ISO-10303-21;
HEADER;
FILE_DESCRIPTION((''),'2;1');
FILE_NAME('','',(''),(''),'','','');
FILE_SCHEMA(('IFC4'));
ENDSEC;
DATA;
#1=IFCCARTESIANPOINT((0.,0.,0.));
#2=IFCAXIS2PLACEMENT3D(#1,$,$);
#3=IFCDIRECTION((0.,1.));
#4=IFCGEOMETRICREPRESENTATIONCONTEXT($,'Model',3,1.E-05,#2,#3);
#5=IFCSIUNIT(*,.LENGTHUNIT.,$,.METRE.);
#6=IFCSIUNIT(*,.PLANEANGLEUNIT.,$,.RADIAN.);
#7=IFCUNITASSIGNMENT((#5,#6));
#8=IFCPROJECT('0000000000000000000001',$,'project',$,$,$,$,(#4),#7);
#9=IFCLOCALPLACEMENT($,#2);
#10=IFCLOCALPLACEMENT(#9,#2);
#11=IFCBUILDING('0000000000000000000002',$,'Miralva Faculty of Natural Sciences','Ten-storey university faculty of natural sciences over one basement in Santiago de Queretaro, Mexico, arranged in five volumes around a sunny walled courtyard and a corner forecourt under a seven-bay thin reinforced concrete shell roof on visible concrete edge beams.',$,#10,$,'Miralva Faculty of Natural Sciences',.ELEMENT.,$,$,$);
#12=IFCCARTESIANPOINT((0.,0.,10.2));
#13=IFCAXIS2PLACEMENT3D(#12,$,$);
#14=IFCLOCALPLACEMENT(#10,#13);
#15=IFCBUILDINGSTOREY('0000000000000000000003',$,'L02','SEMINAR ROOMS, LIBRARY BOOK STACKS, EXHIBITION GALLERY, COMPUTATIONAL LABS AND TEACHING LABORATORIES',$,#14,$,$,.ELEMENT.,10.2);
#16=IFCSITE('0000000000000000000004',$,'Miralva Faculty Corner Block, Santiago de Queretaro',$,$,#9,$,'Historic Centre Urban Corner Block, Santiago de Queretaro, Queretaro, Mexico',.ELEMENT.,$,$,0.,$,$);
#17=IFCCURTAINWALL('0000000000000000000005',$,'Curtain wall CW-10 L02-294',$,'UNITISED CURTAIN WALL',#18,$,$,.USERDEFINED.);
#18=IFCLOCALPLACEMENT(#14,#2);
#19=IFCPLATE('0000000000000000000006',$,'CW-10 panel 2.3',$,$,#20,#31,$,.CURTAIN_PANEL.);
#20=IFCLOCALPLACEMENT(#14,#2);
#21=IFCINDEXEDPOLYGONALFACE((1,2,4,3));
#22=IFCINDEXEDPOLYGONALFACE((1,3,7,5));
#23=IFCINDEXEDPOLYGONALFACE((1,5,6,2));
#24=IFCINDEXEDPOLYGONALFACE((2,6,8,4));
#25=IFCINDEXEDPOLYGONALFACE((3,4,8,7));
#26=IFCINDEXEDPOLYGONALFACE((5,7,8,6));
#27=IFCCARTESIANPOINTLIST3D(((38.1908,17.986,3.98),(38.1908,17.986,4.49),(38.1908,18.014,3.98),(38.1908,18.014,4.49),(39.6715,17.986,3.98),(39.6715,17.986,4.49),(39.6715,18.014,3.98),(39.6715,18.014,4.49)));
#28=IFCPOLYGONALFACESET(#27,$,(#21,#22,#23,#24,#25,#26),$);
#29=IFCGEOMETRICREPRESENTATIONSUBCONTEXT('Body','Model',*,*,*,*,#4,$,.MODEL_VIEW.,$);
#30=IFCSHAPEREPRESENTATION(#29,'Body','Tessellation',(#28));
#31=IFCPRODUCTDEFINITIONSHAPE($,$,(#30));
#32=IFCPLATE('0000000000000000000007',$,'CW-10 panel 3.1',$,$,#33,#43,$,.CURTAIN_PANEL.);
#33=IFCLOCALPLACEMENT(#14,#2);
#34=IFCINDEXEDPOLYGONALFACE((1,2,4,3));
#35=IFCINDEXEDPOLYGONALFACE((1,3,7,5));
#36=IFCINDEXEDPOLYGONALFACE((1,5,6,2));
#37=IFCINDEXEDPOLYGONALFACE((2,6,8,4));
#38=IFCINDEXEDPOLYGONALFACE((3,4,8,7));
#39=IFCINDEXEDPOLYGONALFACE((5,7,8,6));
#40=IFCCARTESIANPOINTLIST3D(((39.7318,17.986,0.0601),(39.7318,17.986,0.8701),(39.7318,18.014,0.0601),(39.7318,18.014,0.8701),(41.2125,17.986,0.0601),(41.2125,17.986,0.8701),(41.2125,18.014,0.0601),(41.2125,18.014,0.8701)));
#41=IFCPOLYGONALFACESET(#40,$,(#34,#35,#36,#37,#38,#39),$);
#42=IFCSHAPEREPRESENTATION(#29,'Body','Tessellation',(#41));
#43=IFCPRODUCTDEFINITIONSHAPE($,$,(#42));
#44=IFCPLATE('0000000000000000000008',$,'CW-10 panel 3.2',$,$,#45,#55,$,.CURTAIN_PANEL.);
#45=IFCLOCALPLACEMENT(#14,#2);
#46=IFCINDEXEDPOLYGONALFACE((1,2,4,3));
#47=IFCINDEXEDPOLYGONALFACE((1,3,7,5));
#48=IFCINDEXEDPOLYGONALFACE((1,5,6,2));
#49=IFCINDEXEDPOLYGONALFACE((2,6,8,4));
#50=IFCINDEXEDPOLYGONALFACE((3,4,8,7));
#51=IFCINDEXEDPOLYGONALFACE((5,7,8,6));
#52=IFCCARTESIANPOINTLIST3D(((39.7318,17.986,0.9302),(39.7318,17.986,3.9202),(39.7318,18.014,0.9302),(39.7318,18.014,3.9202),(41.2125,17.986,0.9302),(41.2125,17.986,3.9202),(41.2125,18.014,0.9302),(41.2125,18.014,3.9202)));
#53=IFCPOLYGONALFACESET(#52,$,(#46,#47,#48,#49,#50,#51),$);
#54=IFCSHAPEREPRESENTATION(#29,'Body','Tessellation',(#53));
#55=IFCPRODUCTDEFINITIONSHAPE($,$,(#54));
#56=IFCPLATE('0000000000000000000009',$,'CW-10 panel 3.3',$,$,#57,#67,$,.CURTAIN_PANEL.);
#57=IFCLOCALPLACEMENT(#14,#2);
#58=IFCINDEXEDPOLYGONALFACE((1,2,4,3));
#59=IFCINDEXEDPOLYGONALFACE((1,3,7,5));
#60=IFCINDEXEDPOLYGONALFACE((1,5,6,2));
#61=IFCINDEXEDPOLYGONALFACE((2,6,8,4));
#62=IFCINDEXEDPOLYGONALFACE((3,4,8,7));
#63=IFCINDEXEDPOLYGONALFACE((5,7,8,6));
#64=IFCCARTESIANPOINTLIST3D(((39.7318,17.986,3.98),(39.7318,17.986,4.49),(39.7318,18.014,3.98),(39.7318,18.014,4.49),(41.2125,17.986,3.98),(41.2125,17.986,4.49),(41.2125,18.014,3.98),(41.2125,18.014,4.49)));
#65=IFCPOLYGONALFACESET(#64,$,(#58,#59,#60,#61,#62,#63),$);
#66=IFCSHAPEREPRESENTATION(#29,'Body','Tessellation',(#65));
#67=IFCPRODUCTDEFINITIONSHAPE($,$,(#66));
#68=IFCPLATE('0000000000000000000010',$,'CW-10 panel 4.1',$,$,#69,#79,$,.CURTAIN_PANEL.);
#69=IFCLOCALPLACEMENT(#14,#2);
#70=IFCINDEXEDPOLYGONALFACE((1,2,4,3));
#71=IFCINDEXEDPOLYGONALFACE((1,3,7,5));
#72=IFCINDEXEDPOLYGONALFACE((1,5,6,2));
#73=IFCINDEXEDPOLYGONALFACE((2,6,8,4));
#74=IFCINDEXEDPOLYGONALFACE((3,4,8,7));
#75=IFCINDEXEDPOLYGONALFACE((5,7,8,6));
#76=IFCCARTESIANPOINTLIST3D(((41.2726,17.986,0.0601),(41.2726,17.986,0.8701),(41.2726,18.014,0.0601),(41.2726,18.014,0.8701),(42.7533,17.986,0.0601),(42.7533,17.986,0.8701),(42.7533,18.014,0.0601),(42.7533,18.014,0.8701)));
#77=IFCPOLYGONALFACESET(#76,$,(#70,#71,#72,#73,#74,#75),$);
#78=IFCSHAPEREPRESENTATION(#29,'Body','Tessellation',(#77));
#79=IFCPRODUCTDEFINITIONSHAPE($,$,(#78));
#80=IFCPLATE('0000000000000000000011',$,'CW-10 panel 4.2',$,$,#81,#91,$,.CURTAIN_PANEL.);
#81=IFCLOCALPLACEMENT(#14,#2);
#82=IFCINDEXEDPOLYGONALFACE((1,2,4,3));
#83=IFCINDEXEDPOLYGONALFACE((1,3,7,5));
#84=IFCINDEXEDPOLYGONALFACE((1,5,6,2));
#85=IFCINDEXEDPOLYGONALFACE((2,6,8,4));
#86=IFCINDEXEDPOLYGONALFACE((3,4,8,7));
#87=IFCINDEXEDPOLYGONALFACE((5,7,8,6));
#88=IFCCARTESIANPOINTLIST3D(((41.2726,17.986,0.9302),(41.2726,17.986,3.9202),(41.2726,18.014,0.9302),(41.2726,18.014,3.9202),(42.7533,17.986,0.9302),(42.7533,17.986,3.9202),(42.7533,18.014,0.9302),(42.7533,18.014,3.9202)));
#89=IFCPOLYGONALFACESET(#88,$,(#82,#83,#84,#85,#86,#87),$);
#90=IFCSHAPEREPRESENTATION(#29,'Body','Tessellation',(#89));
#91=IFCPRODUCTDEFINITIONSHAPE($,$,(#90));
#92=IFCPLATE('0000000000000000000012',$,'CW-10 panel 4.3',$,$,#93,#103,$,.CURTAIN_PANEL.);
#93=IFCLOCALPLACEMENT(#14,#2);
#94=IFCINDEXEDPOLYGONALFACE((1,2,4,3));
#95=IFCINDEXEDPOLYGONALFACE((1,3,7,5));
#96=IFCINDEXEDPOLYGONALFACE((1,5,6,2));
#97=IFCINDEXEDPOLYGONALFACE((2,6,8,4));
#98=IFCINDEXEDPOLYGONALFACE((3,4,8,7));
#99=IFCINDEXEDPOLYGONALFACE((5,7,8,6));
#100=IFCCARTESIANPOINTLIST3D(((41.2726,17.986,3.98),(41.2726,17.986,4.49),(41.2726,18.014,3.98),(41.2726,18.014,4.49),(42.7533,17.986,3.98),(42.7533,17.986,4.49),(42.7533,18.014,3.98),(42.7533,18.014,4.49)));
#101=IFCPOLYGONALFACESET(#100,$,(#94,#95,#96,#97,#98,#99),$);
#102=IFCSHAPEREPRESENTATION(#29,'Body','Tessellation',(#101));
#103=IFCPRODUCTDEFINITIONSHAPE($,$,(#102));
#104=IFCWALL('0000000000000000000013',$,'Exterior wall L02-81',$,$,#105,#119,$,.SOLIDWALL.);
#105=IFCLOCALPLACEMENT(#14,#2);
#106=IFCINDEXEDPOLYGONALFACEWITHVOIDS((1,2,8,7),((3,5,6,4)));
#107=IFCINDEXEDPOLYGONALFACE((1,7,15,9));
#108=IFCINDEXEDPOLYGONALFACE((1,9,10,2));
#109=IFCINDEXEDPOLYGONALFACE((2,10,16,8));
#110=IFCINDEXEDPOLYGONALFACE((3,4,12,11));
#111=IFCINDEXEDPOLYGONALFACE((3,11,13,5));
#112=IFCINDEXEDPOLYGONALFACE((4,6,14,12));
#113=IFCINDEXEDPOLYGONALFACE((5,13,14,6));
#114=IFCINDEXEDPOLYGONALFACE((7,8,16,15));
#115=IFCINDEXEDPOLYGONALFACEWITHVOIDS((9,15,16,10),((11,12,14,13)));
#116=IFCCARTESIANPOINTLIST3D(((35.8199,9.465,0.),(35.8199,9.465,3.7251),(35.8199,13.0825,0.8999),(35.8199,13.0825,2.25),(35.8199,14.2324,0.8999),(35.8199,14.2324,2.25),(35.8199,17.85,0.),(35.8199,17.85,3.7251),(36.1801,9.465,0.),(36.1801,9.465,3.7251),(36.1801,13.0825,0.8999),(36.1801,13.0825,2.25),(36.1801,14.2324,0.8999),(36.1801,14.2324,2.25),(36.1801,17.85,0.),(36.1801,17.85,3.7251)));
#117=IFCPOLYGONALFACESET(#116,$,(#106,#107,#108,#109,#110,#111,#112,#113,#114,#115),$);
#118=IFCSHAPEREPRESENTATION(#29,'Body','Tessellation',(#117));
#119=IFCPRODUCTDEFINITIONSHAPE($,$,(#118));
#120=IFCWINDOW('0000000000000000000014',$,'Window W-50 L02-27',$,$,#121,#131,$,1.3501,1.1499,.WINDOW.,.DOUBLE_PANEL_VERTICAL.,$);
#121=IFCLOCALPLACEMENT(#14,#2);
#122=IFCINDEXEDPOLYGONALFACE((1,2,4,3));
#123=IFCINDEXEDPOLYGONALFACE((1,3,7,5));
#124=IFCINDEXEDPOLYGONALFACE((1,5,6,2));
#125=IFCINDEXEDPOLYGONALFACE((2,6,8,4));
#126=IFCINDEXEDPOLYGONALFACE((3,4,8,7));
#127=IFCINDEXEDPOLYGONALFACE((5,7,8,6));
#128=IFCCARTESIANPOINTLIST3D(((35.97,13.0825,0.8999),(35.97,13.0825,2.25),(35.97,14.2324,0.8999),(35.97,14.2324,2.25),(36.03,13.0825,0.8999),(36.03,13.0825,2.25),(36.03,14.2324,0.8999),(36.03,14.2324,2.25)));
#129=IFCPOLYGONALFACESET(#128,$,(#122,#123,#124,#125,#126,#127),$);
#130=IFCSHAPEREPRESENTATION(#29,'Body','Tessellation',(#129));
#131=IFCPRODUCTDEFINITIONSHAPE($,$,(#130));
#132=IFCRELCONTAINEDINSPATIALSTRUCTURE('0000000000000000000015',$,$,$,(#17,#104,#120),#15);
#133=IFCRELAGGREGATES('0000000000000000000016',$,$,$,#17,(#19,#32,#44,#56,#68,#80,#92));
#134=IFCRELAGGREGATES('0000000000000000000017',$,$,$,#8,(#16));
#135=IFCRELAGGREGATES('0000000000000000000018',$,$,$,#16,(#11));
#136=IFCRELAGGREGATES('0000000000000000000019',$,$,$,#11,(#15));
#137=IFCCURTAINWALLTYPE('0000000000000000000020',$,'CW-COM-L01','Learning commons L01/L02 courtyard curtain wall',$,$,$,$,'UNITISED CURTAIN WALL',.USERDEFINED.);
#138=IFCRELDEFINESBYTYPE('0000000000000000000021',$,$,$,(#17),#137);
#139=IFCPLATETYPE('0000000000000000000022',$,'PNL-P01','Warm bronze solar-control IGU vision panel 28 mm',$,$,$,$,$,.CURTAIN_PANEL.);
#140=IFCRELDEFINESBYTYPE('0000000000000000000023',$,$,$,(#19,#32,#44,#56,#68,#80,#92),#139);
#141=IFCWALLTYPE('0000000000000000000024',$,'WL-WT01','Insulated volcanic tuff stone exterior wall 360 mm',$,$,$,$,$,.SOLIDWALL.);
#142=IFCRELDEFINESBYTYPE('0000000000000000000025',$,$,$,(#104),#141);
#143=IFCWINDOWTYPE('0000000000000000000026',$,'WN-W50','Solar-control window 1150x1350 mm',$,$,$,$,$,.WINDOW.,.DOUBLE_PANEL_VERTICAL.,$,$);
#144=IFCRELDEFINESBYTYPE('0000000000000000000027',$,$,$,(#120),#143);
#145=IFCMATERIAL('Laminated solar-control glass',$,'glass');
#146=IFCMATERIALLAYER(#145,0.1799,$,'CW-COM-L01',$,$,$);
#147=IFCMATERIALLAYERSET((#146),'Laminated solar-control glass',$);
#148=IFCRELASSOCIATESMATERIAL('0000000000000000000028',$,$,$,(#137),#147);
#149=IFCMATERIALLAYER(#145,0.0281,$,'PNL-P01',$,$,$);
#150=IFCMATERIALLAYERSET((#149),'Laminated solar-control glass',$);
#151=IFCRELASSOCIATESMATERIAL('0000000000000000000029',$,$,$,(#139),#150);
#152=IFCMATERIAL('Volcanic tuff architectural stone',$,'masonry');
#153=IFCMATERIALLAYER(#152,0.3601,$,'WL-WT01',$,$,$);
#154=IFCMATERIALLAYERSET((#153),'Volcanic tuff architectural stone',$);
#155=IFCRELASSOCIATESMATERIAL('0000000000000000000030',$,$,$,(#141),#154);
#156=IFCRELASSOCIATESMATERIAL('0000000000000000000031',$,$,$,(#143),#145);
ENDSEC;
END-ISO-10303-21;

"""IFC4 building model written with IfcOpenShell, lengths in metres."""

from ifc_helpers import new_model, si_unit, direction, frame, frame_2d, origin, origin_2d, place, context, subcontext, project, spatial, rectangle, extrude, material, layer, layer_set, type_object, element, fill, aggregate, save


model = new_model("IFC4")

# Units and contexts
model_context = context("Model", 3, precision=1e-05, world=origin(), true_north=direction((0.0, 1.0)))
body_context = subcontext(model_context, "Body", "Model", "MODEL_VIEW")
ifc_project = project(units=[si_unit("LENGTHUNIT", "METRE"), si_unit("PLANEANGLEUNIT", "RADIAN")], contexts=[model_context])

# Site, building, storey
site_placement = place(None, origin())
site = spatial("IfcSite", under=ifc_project, at=site_placement, Name="Miralva Faculty Corner Block, Santiago de Queretaro", LongName="Historic Centre Urban Corner Block, Santiago de Queretaro, Queretaro, Mexico", CompositionType="ELEMENT", RefElevation=0.0)
building_placement = place(site_placement, origin())
building = spatial("IfcBuilding", under=site, at=building_placement, Name="Miralva Faculty of Natural Sciences", Description="Ten-storey university faculty of natural sciences over one basement in Santiago de Queretaro, Mexico, arranged in five volumes around a sunny walled courtyard and a corner forecourt under a seven-bay thin reinforced concrete shell roof on visible concrete edge beams.", LongName="Miralva Faculty of Natural Sciences", CompositionType="ELEMENT")
storey_placement = place(building_placement, frame((0.0, 0.0, 10.2)))
storey = spatial("IfcBuildingStorey", under=building, at=storey_placement, Name="L02", Description="SEMINAR ROOMS, LIBRARY BOOK STACKS, EXHIBITION GALLERY, COMPUTATIONAL LABS AND TEACHING LABORATORIES", CompositionType="ELEMENT", Elevation=10.2)

# Curtain wall, plates
ifc_material_1 = material(Name="Laminated solar-control glass", Category="glass")
ifc_layer_1 = layer(ifc_material_1, 0.1799, Name="CW-COM-L01")
ifc_layer_set_1 = layer_set([ifc_layer_1], Name="Laminated solar-control glass")
curtain_wall_type = type_object("IfcCurtainWallType", Name="CW-COM-L01", Description="Learning commons L01/L02 courtyard curtain wall", ElementType="UNITISED CURTAIN WALL", PredefinedType="USERDEFINED", material=ifc_layer_set_1)
curtain_wall_placement = place(storey_placement, origin())
curtain_wall = element("IfcCurtainWall", 1, at=curtain_wall_placement, inside=storey, type_object=curtain_wall_type, Name="Curtain wall CW-10 L02-294", ObjectType="UNITISED CURTAIN WALL", PredefinedType="USERDEFINED")
ifc_layer_2 = layer(ifc_material_1, 0.0281, Name="PNL-P01")
ifc_layer_set_2 = layer_set([ifc_layer_2], Name="Laminated solar-control glass")
plate_type = type_object("IfcPlateType", Name="PNL-P01", Description="Warm bronze solar-control IGU vision panel 28 mm", PredefinedType="CURTAIN_PANEL", material=ifc_layer_set_2)
plate_1_placement = place(storey_placement, frame((38.9312, 18.0, 3.98), z_axis=(0.0, 0.0, 1.0), x_axis=(1.0, 0.0, 0.0)))
plate_1 = element("IfcPlate", 2, at=plate_1_placement, type_object=plate_type, Name="CW-10 panel 2.3", PredefinedType="CURTAIN_PANEL", context=body_context, shape_type="SweptSolid", body=[
    extrude(rectangle(XDim=1.4807, YDim=0.0281, at=origin_2d()), origin(), (0.0, 0.0, 1.0), 0.51),
])
plate_2_placement = place(storey_placement, frame((40.4722, 18.0, 0.0601), z_axis=(0.0, 0.0, 1.0), x_axis=(1.0, 0.0, 0.0)))
plate_2 = element("IfcPlate", 3, at=plate_2_placement, type_object=plate_type, Name="CW-10 panel 3.1", PredefinedType="CURTAIN_PANEL", context=body_context, shape_type="SweptSolid", body=[
    extrude(rectangle(XDim=1.4807, YDim=0.0281, at=origin_2d()), origin(), (0.0, 0.0, 1.0), 0.8101),
])
plate_3_placement = place(storey_placement, frame((40.4722, 18.0, 0.9302), z_axis=(0.0, 0.0, 1.0), x_axis=(1.0, 0.0, 0.0)))
plate_3 = element("IfcPlate", 4, at=plate_3_placement, type_object=plate_type, Name="CW-10 panel 3.2", PredefinedType="CURTAIN_PANEL", context=body_context, shape_type="SweptSolid", body=[
    extrude(rectangle(XDim=1.4807, YDim=0.0281, at=origin_2d()), origin(), (0.0, 0.0, 1.0), 2.99),
])
plate_4_placement = place(storey_placement, frame((40.4722, 18.0, 3.98), z_axis=(0.0, 0.0, 1.0), x_axis=(1.0, 0.0, 0.0)))
plate_4 = element("IfcPlate", 5, at=plate_4_placement, type_object=plate_type, Name="CW-10 panel 3.3", PredefinedType="CURTAIN_PANEL", context=body_context, shape_type="SweptSolid", body=[
    extrude(rectangle(XDim=1.4807, YDim=0.0281, at=origin_2d()), origin(), (0.0, 0.0, 1.0), 0.51),
])
plate_5_placement = place(storey_placement, frame((42.0129, 18.0, 0.0601), z_axis=(0.0, 0.0, 1.0), x_axis=(1.0, 0.0, 0.0)))
plate_5 = element("IfcPlate", 6, at=plate_5_placement, type_object=plate_type, Name="CW-10 panel 4.1", PredefinedType="CURTAIN_PANEL", context=body_context, shape_type="SweptSolid", body=[
    extrude(rectangle(XDim=1.4807, YDim=0.0281, at=origin_2d()), origin(), (0.0, 0.0, 1.0), 0.8101),
])
plate_6_placement = place(storey_placement, frame((42.0129, 18.0, 0.9302), z_axis=(0.0, 0.0, 1.0), x_axis=(1.0, 0.0, 0.0)))
plate_6 = element("IfcPlate", 7, at=plate_6_placement, type_object=plate_type, Name="CW-10 panel 4.2", PredefinedType="CURTAIN_PANEL", context=body_context, shape_type="SweptSolid", body=[
    extrude(rectangle(XDim=1.4807, YDim=0.0281, at=origin_2d()), origin(), (0.0, 0.0, 1.0), 2.99),
])
plate_7_placement = place(storey_placement, frame((42.0129, 18.0, 3.98), z_axis=(0.0, 0.0, 1.0), x_axis=(1.0, 0.0, 0.0)))
plate_7 = element("IfcPlate", 8, at=plate_7_placement, type_object=plate_type, Name="CW-10 panel 4.3", PredefinedType="CURTAIN_PANEL", context=body_context, shape_type="SweptSolid", body=[
    extrude(rectangle(XDim=1.4807, YDim=0.0281, at=origin_2d()), origin(), (0.0, 0.0, 1.0), 0.51),
])
aggregate(curtain_wall, [plate_1, plate_2, plate_3, plate_4, plate_5, plate_6, plate_7])

# Wall, opening, window
ifc_material_2 = material(Name="Volcanic tuff architectural stone", Category="masonry")
ifc_layer_3 = layer(ifc_material_2, 0.3601, Name="WL-WT01")
ifc_layer_set_3 = layer_set([ifc_layer_3], Name="Volcanic tuff architectural stone")
wall_type = type_object("IfcWallType", Name="WL-WT01", Description="Insulated volcanic tuff stone exterior wall 360 mm", PredefinedType="SOLIDWALL", material=ifc_layer_set_3)
wall_placement = place(storey_placement, frame((36.0, 9.4651, 0.0), z_axis=(0.0, 0.0, 1.0), x_axis=(0.0, 1.0, 0.0)))
wall = element("IfcWall", 9, at=wall_placement, inside=storey, type_object=wall_type, Name="Exterior wall L02-81", PredefinedType="SOLIDWALL", context=body_context, shape_type="SweptSolid", body=[
    extrude(rectangle(XDim=8.385, YDim=0.3601, at=frame_2d((4.1924, 0.0))), origin(), (0.0, 0.0, 1.0), 3.7251),
])
opening_placement = place(wall_placement, frame((3.6174, 0.0, 0.8999)))
opening = element("IfcOpeningElement", 10, at=opening_placement, cuts=wall, PredefinedType="OPENING", context=body_context, shape_type="SweptSolid", body=[
    extrude(rectangle(XDim=1.1499, YDim=1.3501, at=frame_2d((0.575, 0.675))), frame((0.0, 0.1899, 0.0), z_axis=(0.0, -1.0, 0.0), x_axis=(1.0, 0.0, 0.0)), (0.0, 0.0, 1.0), 0.3801),
])
window_type = type_object("IfcWindowType", Name="WN-W50", Description="Solar-control window 1150x1350 mm", PartitioningType="DOUBLE_PANEL_VERTICAL", PredefinedType="WINDOW", material=ifc_material_1)
window_placement = place(opening_placement, frame((1.1499, 0.0, 0.0), z_axis=(0.0, 0.0, 1.0), x_axis=(-1.0, 0.0, 0.0)))
window = element("IfcWindow", 11, at=window_placement, inside=storey, type_object=window_type, Name="Window W-50 L02-27", OverallHeight=1.3501, OverallWidth=1.1499, PartitioningType="DOUBLE_PANEL_VERTICAL", PredefinedType="WINDOW", context=body_context, shape_type="SweptSolid", body=[
    extrude(rectangle(XDim=1.1499, YDim=1.3501, at=frame_2d((0.575, 0.675))), frame((0.0, 0.03, 0.0), z_axis=(0.0, -1.0, 0.0), x_axis=(1.0, 0.0, 0.0)), (0.0, 0.0, 1.0), 0.0601),
])
fill(opening, window)

save(model, "model.ifc")
